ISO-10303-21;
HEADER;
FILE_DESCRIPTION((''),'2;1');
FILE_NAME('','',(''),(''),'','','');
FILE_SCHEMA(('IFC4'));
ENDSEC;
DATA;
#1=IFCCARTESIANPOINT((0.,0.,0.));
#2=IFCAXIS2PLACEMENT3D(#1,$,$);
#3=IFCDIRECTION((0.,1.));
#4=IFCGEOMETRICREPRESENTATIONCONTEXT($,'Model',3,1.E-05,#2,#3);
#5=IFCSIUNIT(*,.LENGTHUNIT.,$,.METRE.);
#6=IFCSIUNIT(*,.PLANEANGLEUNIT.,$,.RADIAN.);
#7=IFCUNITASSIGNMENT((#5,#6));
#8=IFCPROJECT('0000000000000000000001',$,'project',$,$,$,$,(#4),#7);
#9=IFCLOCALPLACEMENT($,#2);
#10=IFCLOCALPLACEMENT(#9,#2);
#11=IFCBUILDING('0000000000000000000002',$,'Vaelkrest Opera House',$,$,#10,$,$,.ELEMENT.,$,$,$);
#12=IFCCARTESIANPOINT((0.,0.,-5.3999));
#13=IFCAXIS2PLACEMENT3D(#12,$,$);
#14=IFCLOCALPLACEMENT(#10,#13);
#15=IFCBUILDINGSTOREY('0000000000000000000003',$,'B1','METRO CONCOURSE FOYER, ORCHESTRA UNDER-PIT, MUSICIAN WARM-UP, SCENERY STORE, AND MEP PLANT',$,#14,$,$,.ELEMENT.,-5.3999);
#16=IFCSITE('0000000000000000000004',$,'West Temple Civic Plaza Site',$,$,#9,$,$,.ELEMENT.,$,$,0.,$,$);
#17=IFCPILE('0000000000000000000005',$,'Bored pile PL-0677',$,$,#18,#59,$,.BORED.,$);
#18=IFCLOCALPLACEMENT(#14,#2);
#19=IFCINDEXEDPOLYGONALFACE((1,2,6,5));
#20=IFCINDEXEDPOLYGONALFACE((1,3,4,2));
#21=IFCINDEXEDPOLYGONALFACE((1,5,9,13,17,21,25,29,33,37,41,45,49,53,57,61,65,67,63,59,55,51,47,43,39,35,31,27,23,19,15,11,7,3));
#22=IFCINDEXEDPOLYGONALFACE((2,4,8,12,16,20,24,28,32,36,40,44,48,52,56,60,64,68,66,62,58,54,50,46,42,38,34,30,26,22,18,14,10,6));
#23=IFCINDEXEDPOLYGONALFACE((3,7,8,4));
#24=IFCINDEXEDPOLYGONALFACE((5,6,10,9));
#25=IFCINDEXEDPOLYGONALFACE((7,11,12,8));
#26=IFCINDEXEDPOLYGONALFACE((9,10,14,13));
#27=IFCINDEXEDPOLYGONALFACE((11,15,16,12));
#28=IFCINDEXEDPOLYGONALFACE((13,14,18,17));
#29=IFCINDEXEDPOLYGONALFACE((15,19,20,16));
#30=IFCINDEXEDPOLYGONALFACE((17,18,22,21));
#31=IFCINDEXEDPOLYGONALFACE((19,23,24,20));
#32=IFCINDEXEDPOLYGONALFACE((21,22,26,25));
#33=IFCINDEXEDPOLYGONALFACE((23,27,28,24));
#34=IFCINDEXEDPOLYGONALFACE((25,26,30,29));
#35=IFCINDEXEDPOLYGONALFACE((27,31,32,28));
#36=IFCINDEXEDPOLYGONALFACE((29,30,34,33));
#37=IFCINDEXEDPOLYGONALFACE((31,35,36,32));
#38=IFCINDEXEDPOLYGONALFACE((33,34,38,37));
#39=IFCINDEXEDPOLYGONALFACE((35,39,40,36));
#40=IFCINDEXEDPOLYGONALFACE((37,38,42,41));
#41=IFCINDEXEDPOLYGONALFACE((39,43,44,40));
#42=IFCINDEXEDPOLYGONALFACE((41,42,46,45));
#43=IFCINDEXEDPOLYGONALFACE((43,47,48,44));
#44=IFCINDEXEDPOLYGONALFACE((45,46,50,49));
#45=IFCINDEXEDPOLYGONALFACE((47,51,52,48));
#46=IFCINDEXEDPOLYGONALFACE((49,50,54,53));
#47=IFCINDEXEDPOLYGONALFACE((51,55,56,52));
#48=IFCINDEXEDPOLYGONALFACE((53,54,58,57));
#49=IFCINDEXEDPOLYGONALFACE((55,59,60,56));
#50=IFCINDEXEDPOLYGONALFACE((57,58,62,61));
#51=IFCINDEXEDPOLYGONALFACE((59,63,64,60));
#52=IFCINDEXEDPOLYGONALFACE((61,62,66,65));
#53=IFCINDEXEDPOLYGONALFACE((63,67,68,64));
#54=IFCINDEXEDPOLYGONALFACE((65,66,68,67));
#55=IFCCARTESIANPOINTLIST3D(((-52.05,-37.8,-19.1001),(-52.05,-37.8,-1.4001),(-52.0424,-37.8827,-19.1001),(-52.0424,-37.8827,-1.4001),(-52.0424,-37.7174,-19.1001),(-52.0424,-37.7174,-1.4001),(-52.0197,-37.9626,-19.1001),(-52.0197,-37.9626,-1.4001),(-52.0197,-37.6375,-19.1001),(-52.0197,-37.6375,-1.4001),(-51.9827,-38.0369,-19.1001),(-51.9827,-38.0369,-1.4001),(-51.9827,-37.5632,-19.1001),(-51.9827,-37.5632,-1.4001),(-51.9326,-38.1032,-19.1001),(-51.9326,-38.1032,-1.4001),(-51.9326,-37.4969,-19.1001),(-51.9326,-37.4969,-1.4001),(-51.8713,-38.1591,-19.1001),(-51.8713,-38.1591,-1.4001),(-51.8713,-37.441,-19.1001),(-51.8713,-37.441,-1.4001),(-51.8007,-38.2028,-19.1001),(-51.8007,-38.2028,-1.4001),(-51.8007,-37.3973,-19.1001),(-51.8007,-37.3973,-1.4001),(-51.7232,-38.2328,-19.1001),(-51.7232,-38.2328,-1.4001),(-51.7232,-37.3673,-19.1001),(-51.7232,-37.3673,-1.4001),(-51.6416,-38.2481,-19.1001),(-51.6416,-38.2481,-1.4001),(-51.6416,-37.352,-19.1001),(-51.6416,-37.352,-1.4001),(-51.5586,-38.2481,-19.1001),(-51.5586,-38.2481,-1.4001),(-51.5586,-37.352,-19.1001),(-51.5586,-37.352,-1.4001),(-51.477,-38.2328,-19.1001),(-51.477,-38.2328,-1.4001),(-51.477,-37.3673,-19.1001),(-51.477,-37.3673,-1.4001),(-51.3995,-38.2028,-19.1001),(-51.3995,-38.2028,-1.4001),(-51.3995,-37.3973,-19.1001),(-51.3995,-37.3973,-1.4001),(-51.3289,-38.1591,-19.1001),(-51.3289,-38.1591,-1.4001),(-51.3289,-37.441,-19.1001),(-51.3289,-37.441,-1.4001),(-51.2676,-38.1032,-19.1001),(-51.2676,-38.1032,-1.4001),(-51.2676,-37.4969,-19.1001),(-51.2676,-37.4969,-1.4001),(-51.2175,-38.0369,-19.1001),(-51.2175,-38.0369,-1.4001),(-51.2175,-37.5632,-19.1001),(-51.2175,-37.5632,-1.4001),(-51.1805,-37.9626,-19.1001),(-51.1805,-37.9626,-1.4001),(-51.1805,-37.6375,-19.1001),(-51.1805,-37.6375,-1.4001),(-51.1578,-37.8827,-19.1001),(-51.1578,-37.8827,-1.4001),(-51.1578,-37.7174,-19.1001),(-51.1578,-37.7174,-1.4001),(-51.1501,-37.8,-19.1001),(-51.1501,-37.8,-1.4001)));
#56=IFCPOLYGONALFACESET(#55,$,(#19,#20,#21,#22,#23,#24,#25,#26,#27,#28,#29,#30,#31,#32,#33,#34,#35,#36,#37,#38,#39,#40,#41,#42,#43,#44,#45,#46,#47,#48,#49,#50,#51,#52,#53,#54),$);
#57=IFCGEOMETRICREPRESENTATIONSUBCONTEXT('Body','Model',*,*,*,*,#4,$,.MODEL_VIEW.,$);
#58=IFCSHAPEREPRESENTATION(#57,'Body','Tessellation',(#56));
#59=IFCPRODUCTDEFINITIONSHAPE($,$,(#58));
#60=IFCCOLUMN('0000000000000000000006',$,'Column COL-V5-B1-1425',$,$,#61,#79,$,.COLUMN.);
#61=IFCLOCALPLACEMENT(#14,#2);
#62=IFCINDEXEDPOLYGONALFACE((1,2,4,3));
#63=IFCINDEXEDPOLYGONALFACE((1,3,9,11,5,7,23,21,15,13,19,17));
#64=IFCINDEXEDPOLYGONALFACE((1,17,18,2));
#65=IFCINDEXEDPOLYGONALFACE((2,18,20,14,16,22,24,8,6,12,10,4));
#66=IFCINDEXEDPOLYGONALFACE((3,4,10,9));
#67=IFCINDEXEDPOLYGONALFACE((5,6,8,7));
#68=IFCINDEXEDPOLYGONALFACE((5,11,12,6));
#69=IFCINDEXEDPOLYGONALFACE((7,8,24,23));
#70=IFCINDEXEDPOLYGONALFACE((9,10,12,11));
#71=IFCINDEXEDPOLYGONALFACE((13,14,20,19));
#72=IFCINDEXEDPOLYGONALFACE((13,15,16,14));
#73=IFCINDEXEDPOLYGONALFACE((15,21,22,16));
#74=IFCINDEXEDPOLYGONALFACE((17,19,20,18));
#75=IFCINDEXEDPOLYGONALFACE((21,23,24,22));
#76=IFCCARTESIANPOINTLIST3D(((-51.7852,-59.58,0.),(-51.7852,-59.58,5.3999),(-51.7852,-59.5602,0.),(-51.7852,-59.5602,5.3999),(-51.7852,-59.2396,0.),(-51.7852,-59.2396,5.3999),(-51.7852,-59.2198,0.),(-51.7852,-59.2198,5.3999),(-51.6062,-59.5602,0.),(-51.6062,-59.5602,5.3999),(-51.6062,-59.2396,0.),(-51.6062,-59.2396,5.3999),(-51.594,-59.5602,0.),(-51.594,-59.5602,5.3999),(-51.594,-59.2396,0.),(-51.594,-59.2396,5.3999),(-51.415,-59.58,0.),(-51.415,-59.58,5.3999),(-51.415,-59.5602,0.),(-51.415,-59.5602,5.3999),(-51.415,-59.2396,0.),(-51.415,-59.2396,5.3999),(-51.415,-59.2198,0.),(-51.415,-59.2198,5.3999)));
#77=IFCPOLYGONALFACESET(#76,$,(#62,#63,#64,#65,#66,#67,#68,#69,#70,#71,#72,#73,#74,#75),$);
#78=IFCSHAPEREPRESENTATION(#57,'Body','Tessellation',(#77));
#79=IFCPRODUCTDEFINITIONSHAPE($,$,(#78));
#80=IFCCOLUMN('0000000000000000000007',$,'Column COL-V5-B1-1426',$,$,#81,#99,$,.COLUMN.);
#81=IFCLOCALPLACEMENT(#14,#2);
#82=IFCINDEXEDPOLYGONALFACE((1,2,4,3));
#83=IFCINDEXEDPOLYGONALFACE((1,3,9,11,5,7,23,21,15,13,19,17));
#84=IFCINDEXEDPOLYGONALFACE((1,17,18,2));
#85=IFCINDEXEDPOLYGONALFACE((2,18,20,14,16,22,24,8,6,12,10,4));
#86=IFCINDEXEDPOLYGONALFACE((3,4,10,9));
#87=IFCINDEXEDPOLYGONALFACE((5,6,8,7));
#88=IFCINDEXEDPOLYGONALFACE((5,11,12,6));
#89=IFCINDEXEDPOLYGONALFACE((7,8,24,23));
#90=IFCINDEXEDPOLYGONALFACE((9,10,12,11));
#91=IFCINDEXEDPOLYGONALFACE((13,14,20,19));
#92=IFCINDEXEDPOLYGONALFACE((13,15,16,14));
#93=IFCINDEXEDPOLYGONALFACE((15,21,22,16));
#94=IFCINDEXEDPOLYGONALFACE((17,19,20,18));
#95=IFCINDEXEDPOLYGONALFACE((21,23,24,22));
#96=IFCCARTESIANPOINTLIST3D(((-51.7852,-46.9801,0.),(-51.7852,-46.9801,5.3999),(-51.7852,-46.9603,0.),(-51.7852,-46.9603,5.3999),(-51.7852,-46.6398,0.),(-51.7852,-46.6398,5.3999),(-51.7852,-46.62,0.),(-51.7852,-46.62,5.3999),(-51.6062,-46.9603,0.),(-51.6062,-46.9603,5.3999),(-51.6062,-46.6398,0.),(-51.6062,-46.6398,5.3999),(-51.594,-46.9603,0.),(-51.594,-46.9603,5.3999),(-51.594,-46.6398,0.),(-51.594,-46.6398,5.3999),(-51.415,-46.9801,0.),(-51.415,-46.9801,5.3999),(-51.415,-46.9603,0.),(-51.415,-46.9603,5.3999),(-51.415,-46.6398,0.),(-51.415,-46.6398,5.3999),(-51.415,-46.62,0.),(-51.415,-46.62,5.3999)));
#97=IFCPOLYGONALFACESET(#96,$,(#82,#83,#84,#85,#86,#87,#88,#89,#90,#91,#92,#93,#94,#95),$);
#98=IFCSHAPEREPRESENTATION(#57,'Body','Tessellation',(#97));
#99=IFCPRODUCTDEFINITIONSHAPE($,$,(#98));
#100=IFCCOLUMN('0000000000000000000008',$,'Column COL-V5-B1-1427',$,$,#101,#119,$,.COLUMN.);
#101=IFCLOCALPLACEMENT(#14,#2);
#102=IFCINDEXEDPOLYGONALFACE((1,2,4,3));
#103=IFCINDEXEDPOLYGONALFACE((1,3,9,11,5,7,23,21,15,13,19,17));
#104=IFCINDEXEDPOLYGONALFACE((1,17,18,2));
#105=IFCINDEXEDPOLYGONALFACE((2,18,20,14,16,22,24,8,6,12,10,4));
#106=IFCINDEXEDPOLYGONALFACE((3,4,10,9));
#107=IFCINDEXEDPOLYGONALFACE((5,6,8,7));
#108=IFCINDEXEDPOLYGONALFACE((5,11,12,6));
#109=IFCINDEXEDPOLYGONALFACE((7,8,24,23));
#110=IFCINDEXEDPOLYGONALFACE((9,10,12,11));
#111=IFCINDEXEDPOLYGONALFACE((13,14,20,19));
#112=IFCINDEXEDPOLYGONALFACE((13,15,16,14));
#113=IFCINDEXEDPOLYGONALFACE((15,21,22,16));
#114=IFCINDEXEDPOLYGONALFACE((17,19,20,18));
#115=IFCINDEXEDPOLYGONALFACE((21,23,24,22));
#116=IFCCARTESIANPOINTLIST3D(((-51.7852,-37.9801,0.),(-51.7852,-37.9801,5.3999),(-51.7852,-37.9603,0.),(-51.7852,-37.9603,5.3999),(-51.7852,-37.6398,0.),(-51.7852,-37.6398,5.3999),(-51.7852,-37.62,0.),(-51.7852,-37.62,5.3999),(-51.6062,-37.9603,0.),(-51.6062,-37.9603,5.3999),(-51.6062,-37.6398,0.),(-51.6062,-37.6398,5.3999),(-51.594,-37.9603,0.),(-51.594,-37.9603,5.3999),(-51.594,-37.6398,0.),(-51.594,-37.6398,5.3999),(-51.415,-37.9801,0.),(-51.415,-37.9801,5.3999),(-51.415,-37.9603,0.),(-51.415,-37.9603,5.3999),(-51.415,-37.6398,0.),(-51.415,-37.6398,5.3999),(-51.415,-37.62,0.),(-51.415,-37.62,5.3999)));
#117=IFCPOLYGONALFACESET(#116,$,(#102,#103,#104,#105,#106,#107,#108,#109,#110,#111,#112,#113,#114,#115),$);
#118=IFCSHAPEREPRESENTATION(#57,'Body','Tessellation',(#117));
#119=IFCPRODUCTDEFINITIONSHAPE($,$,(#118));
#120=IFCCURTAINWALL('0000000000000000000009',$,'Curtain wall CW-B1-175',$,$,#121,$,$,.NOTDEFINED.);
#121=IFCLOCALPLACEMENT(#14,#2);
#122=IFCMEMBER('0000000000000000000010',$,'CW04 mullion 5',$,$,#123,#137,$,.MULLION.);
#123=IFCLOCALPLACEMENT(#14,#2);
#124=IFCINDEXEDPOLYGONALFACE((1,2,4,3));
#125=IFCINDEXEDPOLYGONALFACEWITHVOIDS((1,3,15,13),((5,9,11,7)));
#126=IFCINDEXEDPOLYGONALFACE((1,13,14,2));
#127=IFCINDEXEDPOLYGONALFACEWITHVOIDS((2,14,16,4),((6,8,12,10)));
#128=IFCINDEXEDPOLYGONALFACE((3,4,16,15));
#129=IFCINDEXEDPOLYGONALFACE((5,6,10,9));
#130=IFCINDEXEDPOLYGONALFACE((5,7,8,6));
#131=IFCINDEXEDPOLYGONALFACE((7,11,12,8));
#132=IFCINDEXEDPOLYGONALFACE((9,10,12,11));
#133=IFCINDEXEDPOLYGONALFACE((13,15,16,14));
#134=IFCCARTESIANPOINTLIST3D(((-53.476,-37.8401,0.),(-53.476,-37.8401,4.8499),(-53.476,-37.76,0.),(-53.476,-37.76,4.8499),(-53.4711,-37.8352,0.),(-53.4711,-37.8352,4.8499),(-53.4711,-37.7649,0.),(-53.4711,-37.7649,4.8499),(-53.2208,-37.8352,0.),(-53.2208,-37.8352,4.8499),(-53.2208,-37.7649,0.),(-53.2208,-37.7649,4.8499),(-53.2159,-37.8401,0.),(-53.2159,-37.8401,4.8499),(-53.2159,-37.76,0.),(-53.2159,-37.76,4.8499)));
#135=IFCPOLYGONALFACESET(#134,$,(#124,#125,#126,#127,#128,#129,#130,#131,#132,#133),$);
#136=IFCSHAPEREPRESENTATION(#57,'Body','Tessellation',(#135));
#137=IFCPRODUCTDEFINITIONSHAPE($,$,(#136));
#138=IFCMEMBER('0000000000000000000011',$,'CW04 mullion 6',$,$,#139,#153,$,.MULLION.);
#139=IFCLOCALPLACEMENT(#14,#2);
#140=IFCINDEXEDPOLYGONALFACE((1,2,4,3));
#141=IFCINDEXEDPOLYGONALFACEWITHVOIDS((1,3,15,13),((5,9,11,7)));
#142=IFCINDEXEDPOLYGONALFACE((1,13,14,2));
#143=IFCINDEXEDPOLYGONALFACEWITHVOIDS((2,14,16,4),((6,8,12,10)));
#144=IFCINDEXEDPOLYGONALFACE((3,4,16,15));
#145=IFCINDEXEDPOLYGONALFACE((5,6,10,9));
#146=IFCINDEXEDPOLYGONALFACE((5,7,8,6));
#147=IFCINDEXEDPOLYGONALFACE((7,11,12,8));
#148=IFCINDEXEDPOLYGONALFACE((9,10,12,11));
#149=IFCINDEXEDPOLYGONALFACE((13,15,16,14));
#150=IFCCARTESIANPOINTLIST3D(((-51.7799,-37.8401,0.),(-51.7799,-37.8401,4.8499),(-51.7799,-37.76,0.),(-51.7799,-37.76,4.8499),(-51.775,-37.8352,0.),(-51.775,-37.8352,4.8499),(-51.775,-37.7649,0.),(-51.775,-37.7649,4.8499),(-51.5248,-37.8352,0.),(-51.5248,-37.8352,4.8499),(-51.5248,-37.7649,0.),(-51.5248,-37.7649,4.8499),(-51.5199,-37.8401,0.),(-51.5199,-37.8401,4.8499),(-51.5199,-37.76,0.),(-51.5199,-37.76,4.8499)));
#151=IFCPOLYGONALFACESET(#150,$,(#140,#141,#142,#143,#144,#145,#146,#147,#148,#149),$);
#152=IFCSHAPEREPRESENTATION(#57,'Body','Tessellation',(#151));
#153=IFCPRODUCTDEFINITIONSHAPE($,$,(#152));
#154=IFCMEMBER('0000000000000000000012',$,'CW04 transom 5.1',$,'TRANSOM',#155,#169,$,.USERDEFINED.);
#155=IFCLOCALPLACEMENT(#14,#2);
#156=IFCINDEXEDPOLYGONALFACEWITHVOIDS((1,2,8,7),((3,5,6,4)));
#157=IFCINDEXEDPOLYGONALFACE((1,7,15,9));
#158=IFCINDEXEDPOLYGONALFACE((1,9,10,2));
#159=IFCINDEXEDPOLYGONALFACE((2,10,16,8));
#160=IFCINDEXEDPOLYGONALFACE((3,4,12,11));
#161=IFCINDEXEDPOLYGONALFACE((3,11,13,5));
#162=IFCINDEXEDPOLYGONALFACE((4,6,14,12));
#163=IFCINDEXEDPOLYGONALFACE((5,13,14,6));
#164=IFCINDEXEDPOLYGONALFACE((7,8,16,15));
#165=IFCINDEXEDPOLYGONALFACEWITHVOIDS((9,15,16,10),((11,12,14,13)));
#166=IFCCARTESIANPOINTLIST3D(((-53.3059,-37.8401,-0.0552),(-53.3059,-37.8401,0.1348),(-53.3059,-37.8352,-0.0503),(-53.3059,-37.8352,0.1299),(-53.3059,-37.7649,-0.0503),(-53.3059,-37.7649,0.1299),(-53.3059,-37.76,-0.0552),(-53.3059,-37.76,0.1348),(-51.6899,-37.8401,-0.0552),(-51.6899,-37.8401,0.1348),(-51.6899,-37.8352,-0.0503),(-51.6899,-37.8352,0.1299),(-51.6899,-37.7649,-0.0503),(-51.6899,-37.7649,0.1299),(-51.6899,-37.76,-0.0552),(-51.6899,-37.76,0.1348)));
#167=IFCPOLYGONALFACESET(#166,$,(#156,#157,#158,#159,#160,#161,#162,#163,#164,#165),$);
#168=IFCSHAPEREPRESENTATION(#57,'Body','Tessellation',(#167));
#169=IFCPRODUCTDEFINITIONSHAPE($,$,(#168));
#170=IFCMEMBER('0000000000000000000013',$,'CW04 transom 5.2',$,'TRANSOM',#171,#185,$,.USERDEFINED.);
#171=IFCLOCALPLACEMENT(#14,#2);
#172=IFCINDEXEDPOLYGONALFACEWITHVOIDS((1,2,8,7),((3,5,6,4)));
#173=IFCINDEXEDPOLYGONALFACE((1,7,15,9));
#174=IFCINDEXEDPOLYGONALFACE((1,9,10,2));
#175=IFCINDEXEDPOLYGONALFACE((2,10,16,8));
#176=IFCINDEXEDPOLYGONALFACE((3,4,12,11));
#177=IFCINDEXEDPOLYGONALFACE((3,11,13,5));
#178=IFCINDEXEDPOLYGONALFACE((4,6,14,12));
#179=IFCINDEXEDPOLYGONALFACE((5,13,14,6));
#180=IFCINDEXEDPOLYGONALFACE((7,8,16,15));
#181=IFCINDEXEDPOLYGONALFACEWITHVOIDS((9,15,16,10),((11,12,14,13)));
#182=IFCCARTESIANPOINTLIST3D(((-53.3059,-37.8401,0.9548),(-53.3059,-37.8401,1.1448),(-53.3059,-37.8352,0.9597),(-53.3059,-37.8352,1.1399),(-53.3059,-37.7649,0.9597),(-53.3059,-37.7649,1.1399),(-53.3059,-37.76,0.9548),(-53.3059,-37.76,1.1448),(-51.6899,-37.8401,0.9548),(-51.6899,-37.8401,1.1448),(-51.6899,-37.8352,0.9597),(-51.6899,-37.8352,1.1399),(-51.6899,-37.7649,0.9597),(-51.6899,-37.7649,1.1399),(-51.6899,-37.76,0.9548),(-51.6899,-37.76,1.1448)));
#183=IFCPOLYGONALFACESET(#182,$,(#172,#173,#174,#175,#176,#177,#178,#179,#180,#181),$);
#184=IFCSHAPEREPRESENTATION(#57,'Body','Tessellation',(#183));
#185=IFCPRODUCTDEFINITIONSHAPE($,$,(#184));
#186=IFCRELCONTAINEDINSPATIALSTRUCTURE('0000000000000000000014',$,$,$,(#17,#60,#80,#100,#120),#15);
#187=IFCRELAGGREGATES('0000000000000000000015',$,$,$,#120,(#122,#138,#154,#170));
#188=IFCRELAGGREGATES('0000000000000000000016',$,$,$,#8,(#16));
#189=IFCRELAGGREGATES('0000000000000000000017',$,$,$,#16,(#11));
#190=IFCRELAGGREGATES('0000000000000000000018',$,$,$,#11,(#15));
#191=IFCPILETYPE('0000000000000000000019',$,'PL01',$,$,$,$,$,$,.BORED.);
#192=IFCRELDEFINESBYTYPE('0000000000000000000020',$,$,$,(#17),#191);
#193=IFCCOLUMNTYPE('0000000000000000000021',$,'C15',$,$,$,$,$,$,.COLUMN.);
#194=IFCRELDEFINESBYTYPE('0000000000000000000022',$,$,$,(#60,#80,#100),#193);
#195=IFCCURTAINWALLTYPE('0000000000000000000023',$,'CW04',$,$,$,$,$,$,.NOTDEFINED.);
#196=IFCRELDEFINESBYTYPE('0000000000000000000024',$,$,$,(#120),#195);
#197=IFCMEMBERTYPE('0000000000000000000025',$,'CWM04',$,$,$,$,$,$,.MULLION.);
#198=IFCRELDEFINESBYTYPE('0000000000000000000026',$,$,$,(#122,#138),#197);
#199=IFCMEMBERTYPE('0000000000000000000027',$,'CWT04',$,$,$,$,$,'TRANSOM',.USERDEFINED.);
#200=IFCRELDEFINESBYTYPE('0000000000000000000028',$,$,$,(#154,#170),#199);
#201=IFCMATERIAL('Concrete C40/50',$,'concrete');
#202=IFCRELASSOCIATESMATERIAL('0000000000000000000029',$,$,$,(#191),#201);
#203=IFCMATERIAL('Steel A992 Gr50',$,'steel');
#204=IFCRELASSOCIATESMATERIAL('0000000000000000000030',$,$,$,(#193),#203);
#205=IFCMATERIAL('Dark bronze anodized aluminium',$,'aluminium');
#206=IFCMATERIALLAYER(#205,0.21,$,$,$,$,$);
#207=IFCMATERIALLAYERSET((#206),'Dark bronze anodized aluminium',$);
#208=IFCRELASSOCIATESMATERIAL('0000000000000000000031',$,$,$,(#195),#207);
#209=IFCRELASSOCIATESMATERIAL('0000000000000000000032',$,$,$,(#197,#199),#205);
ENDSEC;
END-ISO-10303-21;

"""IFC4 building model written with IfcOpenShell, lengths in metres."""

from ifc_helpers import new_model, si_unit, direction, frame, origin, origin_2d, place, context, subcontext, project, spatial, hollow_rectangle, circle, i_section, extrude, material, layer, layer_set, material_profile, profile_set, type_object, element, aggregate, save


model = new_model("IFC4")

# Units and contexts
model_context = context("Model", 3, precision=1e-05, world=origin(), true_north=direction((0.0, 1.0)))
body_context = subcontext(model_context, "Body", "Model", "MODEL_VIEW")
ifc_project = project(units=[si_unit("LENGTHUNIT", "METRE"), si_unit("PLANEANGLEUNIT", "RADIAN")], contexts=[model_context])

# Site, building, storey
site_placement = place(None, origin())
site = spatial("IfcSite", under=ifc_project, at=site_placement, Name="West Temple Civic Plaza Site", CompositionType="ELEMENT", RefElevation=0.0)
building_placement = place(site_placement, origin())
building = spatial("IfcBuilding", under=site, at=building_placement, Name="Vaelkrest Opera House", CompositionType="ELEMENT")
storey_placement = place(building_placement, frame((0.0, 0.0, -5.3999)))
storey = spatial("IfcBuildingStorey", under=building, at=storey_placement, Name="B1", Description="METRO CONCOURSE FOYER, ORCHESTRA UNDER-PIT, MUSICIAN WARM-UP, SCENERY STORE, AND MEP PLANT", CompositionType="ELEMENT", Elevation=-5.3999)

# Shared definitions
ifc_material_1 = material(Name="Concrete C40/50", Category="concrete")

# Pile
ifc_material_profile_1 = material_profile(ifc_material_1, circle(Radius=0.45, at=origin_2d()), Name="PILE900")
ifc_profile_set_1 = profile_set([ifc_material_profile_1], Name="Concrete C40/50")
pile_type = type_object("IfcPileType", Name="PL01", PredefinedType="BORED", material=ifc_profile_set_1)
pile_1_placement = place(storey_placement, frame((-51.6001, -37.8, -1.4001), z_axis=(0.0, 0.0, -1.0), x_axis=(1.0, 0.0, 0.0)))
element("IfcPile", 1, at=pile_1_placement, inside=storey, type_object=pile_type, Name="Bored pile PL-0677", PredefinedType="BORED", context=body_context, shape_type="SweptSolid", body=[
    extrude(circle(Radius=0.45, at=origin_2d()), origin(), (0.0, 0.0, 1.0), 17.7),
])

# Columns
ifc_material_2 = material(Name="Steel A992 Gr50", Category="steel")
ifc_material_profile_2 = material_profile(ifc_material_2, i_section(OverallWidth=0.3701, OverallDepth=0.3601, WebThickness=0.0122, FlangeThickness=0.0198, at=origin_2d()), Name="W14X99")
ifc_profile_set_2 = profile_set([ifc_material_profile_2], Name="Steel A992 Gr50")
column_type = type_object("IfcColumnType", Name="C15", PredefinedType="COLUMN", material=ifc_profile_set_2)
for number, where, z_axis, x_axis, name in (
    (2, (-51.6001, -59.3999, 0.0), (0.0, 0.0, 1.0), (1.0, 0.0, 0.0), "Column COL-V5-B1-1425"),
    (3, (-51.6001, -46.8, 0.0), (0.0, 0.0, 1.0), (1.0, 0.0, 0.0), "Column COL-V5-B1-1426"),
    (4, (-51.6001, -37.8, 0.0), (0.0, 0.0, 1.0), (1.0, 0.0, 0.0), "Column COL-V5-B1-1427"),
):
    element("IfcColumn", number, at=place(storey_placement, frame(where, z_axis=z_axis, x_axis=x_axis)), inside=storey, type_object=column_type, Name=name, PredefinedType="COLUMN", context=body_context, shape_type="SweptSolid", body=[
        extrude(i_section(OverallWidth=0.3701, OverallDepth=0.3601, WebThickness=0.0122, FlangeThickness=0.0198, at=origin_2d()), origin(), (0.0, 0.0, 1.0), 5.3999),
    ])

# Curtain wall, members
ifc_material_3 = material(Name="Dark bronze anodized aluminium", Category="aluminium")
ifc_layer_1 = layer(ifc_material_3, 0.21)
ifc_layer_set_1 = layer_set([ifc_layer_1], Name="Dark bronze anodized aluminium")
curtain_wall_type = type_object("IfcCurtainWallType", Name="CW04", PredefinedType="NOTDEFINED", material=ifc_layer_set_1)
curtain_wall_placement = place(storey_placement, origin())
curtain_wall = element("IfcCurtainWall", 5, at=curtain_wall_placement, inside=storey, type_object=curtain_wall_type, Name="Curtain wall CW-B1-175", PredefinedType="NOTDEFINED")
ifc_material_profile_3 = material_profile(ifc_material_3, hollow_rectangle(XDim=0.0801, YDim=0.26, WallThickness=0.0049, at=origin_2d()), Name="CWM80X260")
ifc_profile_set_3 = profile_set([ifc_material_profile_3], Name="Dark bronze anodized aluminium")
member_type_1 = type_object("IfcMemberType", Name="CWM04", PredefinedType="MULLION", material=ifc_profile_set_3)
member_1_placement = place(storey_placement, frame((-53.3459, -37.8, 0.0), z_axis=(0.0, 0.0, 1.0), x_axis=(0.0, 1.0, 0.0)))
member_1 = element("IfcMember", 6, at=member_1_placement, type_object=member_type_1, Name="CW04 mullion 5", PredefinedType="MULLION", context=body_context, shape_type="SweptSolid", body=[
    extrude(hollow_rectangle(XDim=0.0801, YDim=0.26, WallThickness=0.0049, at=origin_2d()), origin(), (0.0, 0.0, 1.0), 4.8499),
])
member_2_placement = place(storey_placement, frame((-51.6499, -37.8, 0.0), z_axis=(0.0, 0.0, 1.0), x_axis=(0.0, 1.0, 0.0)))
member_2 = element("IfcMember", 7, at=member_2_placement, type_object=member_type_1, Name="CW04 mullion 6", PredefinedType="MULLION", context=body_context, shape_type="SweptSolid", body=[
    extrude(hollow_rectangle(XDim=0.0801, YDim=0.26, WallThickness=0.0049, at=origin_2d()), origin(), (0.0, 0.0, 1.0), 4.8499),
])
ifc_material_profile_4 = material_profile(ifc_material_3, hollow_rectangle(XDim=0.0801, YDim=0.1899, WallThickness=0.0049, at=origin_2d()), Name="CWT80X190")
ifc_profile_set_4 = profile_set([ifc_material_profile_4], Name="Dark bronze anodized aluminium")
member_type_2 = type_object("IfcMemberType", Name="CWT04", ElementType="TRANSOM", PredefinedType="USERDEFINED", material=ifc_profile_set_4)
member_3_placement = place(storey_placement, frame((-53.3059, -37.8, 0.0398), z_axis=(1.0, 0.0, 0.0), x_axis=(0.0, 1.0, 0.0)))
member_3 = element("IfcMember", 8, at=member_3_placement, type_object=member_type_2, Name="CW04 transom 5.1", ObjectType="TRANSOM", PredefinedType="USERDEFINED", context=body_context, shape_type="SweptSolid", body=[
    extrude(hollow_rectangle(XDim=0.0801, YDim=0.1899, WallThickness=0.0049, at=origin_2d()), origin(), (0.0, 0.0, 1.0), 1.616),
])
member_4_placement = place(storey_placement, frame((-53.3059, -37.8, 1.0498), z_axis=(1.0, 0.0, 0.0), x_axis=(0.0, 1.0, 0.0)))
member_4 = element("IfcMember", 9, at=member_4_placement, type_object=member_type_2, Name="CW04 transom 5.2", ObjectType="TRANSOM", PredefinedType="USERDEFINED", context=body_context, shape_type="SweptSolid", body=[
    extrude(hollow_rectangle(XDim=0.0801, YDim=0.1899, WallThickness=0.0049, at=origin_2d()), origin(), (0.0, 0.0, 1.0), 1.616),
])
aggregate(curtain_wall, [member_1, member_2, member_3, member_4])

save(model, "model.ifc")
